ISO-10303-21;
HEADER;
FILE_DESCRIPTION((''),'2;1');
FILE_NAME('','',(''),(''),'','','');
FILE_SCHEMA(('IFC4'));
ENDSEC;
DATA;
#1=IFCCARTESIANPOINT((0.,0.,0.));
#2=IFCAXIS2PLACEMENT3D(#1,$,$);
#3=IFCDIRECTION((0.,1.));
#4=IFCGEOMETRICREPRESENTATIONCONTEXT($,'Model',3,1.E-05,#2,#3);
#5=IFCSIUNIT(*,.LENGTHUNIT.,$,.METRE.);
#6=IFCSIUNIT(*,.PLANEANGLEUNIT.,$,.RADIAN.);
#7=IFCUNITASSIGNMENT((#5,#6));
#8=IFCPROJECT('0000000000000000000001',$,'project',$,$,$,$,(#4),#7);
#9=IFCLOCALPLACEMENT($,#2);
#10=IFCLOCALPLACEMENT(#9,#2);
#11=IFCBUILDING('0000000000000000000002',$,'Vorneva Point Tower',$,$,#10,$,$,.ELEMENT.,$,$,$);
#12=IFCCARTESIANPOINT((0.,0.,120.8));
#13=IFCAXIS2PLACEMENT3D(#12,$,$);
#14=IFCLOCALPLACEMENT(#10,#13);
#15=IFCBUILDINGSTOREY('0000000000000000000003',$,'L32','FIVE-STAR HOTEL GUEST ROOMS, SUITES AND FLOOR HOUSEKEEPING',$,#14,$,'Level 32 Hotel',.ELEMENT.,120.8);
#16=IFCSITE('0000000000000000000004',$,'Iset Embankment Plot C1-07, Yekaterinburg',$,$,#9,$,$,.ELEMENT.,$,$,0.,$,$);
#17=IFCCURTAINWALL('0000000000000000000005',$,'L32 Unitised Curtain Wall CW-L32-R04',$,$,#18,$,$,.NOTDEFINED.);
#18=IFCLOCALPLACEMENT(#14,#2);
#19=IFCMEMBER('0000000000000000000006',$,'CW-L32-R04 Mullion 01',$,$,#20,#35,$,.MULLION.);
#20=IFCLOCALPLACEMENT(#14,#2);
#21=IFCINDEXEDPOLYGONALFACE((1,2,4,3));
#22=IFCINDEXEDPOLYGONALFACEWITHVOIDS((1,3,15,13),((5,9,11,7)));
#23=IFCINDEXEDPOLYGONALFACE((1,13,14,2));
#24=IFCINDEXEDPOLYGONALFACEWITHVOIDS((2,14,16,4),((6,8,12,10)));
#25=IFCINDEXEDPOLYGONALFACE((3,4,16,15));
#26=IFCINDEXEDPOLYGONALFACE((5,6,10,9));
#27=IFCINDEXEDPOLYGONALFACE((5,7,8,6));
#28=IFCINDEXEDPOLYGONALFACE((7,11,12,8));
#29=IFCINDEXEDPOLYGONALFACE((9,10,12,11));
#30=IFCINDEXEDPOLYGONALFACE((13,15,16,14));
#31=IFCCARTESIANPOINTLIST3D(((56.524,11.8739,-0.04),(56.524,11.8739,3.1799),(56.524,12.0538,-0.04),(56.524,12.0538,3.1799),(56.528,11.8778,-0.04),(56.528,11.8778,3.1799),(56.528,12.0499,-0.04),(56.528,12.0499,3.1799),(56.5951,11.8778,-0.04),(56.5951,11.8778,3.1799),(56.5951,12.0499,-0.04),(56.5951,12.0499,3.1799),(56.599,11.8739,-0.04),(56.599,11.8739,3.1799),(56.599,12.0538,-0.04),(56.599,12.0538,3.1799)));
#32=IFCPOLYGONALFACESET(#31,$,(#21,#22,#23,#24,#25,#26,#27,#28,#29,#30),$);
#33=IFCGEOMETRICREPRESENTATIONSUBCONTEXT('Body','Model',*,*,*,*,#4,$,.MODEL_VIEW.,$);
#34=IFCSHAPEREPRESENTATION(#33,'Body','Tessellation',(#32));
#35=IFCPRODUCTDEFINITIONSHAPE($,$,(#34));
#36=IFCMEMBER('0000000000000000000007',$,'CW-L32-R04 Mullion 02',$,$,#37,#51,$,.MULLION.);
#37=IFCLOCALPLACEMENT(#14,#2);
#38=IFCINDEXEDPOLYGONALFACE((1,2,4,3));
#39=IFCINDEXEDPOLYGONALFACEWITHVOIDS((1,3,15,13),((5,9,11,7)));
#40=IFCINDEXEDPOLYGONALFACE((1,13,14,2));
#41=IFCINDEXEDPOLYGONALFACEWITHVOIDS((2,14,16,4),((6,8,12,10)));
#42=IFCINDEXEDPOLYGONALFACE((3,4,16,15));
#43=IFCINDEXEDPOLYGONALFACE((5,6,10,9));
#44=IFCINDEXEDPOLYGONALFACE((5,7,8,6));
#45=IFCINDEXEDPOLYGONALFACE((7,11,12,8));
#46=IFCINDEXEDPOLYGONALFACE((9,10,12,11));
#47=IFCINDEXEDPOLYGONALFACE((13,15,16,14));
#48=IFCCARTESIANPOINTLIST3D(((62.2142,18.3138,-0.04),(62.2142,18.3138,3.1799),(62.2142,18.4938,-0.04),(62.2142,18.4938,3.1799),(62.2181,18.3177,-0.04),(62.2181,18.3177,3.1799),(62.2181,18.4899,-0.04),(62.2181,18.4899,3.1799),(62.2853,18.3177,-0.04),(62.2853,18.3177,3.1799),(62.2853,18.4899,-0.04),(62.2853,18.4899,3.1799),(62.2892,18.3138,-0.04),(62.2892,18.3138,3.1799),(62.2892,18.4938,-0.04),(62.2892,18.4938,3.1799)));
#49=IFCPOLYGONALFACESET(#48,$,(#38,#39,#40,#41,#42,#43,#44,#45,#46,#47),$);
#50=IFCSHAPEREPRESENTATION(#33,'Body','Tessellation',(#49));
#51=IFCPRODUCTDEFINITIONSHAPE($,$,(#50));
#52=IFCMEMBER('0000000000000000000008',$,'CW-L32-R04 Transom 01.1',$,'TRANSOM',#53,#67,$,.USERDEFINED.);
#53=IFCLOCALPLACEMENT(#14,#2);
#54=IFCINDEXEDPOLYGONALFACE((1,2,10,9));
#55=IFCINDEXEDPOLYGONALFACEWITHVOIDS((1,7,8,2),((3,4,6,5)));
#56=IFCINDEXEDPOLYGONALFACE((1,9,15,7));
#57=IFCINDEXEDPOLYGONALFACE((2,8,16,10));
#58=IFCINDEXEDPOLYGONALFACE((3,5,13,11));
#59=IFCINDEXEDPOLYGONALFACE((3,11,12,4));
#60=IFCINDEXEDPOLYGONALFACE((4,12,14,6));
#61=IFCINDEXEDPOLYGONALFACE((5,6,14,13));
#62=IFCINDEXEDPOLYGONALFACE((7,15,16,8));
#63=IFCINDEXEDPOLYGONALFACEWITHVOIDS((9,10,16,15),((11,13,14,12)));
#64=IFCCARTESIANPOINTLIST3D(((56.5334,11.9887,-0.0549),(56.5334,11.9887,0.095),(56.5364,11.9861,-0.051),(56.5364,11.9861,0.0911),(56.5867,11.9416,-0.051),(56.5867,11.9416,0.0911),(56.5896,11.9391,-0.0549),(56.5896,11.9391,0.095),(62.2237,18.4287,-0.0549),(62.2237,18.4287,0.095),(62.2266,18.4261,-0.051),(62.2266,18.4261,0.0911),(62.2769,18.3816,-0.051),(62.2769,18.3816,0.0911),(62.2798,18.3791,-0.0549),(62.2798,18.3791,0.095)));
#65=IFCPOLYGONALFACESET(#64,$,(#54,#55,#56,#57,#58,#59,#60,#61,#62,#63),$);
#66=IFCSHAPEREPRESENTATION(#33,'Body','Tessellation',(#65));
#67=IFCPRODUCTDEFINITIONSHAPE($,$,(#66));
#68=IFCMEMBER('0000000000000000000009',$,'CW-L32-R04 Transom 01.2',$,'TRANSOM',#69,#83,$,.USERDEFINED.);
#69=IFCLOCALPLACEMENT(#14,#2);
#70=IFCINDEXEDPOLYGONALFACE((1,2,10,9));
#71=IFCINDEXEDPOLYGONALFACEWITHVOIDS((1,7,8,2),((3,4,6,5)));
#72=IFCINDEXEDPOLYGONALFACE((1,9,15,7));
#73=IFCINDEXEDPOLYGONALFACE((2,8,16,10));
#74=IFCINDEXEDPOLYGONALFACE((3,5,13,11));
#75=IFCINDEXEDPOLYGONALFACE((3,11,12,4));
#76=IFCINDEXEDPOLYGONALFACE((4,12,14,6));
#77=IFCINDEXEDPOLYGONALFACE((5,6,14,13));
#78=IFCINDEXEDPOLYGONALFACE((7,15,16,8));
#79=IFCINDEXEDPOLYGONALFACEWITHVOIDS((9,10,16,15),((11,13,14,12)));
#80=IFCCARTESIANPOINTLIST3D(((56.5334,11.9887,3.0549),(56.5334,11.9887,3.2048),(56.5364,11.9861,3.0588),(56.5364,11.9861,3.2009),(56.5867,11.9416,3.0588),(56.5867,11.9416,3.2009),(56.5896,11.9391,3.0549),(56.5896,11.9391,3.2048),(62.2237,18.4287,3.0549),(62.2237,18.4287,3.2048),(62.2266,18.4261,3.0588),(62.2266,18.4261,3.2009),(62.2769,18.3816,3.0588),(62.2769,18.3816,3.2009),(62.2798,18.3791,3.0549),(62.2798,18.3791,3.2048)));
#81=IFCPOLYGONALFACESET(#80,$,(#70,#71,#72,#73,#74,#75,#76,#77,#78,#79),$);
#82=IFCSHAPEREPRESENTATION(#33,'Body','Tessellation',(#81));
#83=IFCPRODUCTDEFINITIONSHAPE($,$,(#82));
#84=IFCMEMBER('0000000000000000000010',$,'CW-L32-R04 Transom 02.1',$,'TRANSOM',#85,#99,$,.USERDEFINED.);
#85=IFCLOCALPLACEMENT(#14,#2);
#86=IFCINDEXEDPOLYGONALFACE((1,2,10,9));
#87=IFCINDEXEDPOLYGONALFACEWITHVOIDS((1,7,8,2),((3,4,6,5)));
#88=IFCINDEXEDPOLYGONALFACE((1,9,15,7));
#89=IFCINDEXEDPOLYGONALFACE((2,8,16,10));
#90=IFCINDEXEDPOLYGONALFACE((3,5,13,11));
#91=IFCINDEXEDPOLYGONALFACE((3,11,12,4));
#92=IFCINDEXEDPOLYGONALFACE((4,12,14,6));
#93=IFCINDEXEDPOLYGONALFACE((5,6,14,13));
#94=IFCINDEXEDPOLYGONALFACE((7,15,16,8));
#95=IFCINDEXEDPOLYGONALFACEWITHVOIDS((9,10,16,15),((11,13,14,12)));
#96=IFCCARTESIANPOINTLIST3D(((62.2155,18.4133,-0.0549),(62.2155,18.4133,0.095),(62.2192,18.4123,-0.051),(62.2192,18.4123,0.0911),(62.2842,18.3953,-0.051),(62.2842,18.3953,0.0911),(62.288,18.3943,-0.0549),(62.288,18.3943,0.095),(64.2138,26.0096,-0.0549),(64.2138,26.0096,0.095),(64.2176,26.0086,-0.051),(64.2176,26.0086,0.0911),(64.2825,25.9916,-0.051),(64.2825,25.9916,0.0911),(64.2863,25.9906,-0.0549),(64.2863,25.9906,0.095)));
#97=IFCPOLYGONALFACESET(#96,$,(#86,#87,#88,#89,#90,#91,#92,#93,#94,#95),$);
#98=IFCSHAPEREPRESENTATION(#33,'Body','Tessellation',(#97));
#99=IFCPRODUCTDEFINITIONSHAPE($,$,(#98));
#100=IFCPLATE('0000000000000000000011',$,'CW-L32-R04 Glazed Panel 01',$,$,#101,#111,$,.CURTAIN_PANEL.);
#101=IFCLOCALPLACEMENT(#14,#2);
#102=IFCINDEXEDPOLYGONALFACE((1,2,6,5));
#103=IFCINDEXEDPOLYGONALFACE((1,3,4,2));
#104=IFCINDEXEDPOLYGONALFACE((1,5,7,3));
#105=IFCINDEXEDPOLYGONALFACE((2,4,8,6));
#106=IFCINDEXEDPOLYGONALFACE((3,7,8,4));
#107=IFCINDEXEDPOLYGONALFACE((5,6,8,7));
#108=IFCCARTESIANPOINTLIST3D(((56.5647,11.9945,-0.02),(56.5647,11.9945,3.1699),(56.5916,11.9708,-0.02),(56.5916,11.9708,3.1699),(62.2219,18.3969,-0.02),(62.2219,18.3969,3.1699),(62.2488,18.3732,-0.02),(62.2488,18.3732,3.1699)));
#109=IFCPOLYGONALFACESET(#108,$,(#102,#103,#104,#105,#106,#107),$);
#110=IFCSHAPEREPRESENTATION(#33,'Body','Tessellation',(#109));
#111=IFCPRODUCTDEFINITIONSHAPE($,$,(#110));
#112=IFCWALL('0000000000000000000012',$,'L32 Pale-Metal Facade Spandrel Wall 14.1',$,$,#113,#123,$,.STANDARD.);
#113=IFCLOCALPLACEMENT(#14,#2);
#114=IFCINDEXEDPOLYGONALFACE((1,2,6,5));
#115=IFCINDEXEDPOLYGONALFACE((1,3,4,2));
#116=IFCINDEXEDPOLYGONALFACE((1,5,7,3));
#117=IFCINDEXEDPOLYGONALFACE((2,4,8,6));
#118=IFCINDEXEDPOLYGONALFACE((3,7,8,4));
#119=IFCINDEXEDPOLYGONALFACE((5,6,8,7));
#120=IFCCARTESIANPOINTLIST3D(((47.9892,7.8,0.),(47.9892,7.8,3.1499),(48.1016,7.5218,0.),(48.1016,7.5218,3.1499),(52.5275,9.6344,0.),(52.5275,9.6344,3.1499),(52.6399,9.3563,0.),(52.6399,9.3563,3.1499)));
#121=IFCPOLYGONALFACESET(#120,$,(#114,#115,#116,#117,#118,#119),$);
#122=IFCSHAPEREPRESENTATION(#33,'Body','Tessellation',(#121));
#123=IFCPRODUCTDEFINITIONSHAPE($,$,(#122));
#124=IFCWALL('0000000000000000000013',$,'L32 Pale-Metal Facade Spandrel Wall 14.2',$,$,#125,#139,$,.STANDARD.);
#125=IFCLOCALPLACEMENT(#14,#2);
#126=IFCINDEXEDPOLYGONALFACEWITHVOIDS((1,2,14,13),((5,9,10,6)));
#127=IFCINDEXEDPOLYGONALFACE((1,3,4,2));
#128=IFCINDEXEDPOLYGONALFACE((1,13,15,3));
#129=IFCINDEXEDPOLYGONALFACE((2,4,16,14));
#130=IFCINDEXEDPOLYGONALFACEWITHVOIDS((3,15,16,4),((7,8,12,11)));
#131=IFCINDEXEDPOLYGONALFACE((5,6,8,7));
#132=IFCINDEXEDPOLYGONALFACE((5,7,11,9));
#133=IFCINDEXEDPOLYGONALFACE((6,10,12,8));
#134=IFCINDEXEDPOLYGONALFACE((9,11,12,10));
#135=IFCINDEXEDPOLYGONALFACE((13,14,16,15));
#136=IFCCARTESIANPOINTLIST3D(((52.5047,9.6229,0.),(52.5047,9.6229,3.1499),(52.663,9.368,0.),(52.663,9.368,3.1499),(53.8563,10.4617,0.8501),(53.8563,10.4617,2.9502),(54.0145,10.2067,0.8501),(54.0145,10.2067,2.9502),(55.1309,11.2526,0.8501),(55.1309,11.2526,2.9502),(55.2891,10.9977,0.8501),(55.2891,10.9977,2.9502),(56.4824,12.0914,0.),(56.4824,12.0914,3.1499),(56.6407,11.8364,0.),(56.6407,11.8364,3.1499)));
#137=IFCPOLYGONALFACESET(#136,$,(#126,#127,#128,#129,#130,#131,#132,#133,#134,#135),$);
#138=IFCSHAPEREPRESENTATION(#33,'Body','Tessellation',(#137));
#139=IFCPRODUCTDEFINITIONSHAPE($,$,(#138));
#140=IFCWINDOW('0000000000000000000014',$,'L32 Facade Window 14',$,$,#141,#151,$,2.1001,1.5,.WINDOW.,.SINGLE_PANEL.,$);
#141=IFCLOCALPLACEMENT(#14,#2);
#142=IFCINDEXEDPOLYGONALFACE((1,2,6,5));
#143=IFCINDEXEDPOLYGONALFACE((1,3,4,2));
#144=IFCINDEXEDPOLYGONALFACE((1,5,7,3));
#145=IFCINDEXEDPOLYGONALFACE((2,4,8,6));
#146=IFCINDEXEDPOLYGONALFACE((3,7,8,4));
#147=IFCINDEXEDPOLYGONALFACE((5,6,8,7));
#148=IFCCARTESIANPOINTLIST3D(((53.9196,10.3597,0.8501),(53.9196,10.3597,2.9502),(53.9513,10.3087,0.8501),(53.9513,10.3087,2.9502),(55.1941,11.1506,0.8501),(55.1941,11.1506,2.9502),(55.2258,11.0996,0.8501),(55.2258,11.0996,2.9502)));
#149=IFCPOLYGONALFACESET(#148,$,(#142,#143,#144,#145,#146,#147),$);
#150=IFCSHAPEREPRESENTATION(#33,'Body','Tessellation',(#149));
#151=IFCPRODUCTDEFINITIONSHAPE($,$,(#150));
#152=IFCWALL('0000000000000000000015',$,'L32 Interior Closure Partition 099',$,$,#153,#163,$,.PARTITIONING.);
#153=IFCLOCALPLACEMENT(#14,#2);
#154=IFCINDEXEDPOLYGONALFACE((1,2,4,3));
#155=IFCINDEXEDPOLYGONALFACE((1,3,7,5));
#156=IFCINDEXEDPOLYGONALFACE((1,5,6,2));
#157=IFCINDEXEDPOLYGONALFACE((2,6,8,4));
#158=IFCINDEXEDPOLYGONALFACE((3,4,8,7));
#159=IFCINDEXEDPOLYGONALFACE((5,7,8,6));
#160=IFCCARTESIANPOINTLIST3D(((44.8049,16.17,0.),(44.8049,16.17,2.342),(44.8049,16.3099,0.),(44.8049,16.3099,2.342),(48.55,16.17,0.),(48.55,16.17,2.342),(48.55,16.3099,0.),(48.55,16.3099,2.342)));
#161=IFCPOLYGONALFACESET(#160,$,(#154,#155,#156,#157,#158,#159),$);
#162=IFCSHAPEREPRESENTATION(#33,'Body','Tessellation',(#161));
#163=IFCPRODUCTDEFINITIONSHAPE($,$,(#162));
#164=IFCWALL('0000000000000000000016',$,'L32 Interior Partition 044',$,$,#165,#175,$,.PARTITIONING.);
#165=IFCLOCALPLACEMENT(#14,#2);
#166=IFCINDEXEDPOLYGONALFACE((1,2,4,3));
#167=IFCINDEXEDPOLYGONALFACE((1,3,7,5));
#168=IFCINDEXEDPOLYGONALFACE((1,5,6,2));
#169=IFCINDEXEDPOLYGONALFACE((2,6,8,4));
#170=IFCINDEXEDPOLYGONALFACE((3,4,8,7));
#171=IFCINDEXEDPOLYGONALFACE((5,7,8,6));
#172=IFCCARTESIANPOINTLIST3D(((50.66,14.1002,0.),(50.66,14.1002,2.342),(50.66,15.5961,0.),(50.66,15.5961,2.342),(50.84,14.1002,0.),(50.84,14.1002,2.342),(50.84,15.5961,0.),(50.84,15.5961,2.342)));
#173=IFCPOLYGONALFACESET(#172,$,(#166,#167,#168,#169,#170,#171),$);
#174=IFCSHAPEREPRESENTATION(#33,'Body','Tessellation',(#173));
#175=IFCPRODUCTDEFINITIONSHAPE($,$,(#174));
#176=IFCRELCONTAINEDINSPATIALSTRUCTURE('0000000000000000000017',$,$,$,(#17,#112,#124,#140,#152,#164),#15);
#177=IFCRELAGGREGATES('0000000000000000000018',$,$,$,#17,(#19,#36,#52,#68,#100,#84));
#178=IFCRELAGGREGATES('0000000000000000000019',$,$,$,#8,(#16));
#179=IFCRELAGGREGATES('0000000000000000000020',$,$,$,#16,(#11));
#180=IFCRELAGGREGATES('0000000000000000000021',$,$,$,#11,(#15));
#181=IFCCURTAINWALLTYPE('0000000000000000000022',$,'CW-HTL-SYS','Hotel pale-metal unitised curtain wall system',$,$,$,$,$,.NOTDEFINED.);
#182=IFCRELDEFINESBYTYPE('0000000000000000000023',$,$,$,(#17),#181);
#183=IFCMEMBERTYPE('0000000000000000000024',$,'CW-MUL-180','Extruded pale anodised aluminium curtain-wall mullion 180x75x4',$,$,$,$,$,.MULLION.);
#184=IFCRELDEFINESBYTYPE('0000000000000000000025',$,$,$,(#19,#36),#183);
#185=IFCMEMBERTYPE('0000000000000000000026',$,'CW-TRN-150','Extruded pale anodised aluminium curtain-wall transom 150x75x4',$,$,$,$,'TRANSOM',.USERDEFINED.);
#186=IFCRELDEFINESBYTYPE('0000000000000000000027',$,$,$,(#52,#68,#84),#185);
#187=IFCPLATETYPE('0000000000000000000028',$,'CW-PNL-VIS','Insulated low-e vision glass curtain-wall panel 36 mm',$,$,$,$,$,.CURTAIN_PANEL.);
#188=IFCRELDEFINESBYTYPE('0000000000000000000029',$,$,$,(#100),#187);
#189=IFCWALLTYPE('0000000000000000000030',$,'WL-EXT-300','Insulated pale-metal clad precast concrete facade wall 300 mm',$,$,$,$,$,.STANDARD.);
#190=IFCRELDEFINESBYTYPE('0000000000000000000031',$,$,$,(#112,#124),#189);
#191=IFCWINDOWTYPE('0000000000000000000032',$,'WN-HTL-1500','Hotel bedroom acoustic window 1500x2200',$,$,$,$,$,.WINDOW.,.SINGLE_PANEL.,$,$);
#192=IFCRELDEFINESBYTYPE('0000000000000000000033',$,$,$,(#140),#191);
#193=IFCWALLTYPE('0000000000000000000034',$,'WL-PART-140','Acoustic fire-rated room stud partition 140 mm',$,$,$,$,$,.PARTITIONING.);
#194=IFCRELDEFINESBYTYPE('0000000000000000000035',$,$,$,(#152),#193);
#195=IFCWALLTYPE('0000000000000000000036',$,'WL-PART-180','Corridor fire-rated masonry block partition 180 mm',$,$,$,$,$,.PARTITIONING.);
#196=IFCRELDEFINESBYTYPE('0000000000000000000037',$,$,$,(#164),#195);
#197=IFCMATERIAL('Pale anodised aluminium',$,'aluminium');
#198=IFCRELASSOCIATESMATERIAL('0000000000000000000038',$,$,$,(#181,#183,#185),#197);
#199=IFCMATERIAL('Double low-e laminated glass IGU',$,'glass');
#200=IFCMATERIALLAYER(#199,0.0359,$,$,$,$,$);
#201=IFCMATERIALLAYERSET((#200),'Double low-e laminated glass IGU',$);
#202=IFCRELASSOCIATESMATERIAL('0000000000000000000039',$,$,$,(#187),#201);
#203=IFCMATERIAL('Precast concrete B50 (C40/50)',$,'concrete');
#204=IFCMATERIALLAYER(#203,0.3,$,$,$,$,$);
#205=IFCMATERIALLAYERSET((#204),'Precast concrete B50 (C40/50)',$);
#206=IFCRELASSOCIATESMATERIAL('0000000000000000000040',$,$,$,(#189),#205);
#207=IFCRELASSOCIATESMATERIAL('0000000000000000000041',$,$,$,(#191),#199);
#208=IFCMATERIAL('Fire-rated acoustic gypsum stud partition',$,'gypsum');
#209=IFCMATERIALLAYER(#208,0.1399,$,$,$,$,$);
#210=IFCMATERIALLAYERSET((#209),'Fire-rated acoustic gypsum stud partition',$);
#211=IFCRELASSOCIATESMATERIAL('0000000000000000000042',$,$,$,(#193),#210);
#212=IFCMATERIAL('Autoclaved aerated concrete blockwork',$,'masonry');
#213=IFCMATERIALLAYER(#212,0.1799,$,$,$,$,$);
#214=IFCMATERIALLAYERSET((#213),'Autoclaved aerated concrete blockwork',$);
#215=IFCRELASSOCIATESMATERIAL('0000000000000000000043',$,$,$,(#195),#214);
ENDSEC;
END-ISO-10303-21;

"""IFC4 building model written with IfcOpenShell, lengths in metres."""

from ifc_helpers import new_model, si_unit, direction, frame, frame_2d, origin, origin_2d, place, context, subcontext, project, spatial, rectangle, hollow_rectangle, extrude, material, layer, layer_set, material_profile, profile_set, type_object, element, fill, aggregate, save


model = new_model("IFC4")

# Units and contexts
model_context = context("Model", 3, precision=1e-05, world=origin(), true_north=direction((0.0, 1.0)))
body_context = subcontext(model_context, "Body", "Model", "MODEL_VIEW")
ifc_project = project(units=[si_unit("LENGTHUNIT", "METRE"), si_unit("PLANEANGLEUNIT", "RADIAN")], contexts=[model_context])

# Site, building, storey
site_placement = place(None, origin())
site = spatial("IfcSite", under=ifc_project, at=site_placement, Name="Iset Embankment Plot C1-07, Yekaterinburg", CompositionType="ELEMENT", RefElevation=0.0)
building_placement = place(site_placement, origin())
building = spatial("IfcBuilding", under=site, at=building_placement, Name="Vorneva Point Tower", CompositionType="ELEMENT")
storey_placement = place(building_placement, frame((0.0, 0.0, 120.8)))
storey = spatial("IfcBuildingStorey", under=building, at=storey_placement, Name="L32", Description="FIVE-STAR HOTEL GUEST ROOMS, SUITES AND FLOOR HOUSEKEEPING", LongName="Level 32 Hotel", CompositionType="ELEMENT", Elevation=120.8)

# Shared definitions
ifc_material_1 = material(Name="Pale anodised aluminium", Category="aluminium")
curtain_wall_type = type_object("IfcCurtainWallType", Name="CW-HTL-SYS", Description="Hotel pale-metal unitised curtain wall system", PredefinedType="NOTDEFINED", material=ifc_material_1)
ifc_material_profile_1 = material_profile(ifc_material_1, hollow_rectangle(XDim=0.075, YDim=0.1799, WallThickness=0.0039, at=origin_2d()), Name="AL-MUL 180x75x4")
ifc_profile_set_1 = profile_set([ifc_material_profile_1], Name="Pale anodised aluminium")
member_type_1 = type_object("IfcMemberType", Name="CW-MUL-180", Description="Extruded pale anodised aluminium curtain-wall mullion 180x75x4", PredefinedType="MULLION", material=ifc_profile_set_1)

# Curtain wall, members, plate
curtain_wall_1_placement = place(storey_placement, origin())
curtain_wall_1 = element("IfcCurtainWall", 1, at=curtain_wall_1_placement, inside=storey, type_object=curtain_wall_type, Name="L32 Unitised Curtain Wall CW-L32-R04", PredefinedType="NOTDEFINED")
member_1_placement = place(storey_placement, frame((56.5615, 11.9639, -0.04), z_axis=(0.0, 0.0, 1.0), x_axis=(1.0, 0.0, 0.0)))
member_1 = element("IfcMember", 2, at=member_1_placement, type_object=member_type_1, Name="CW-L32-R04 Mullion 01", PredefinedType="MULLION", context=body_context, shape_type="SweptSolid", body=[
    extrude(hollow_rectangle(XDim=0.075, YDim=0.1799, WallThickness=0.0039, at=origin_2d()), origin(), (0.0, 0.0, 1.0), 3.22),
])
member_2_placement = place(storey_placement, frame((62.2517, 18.4038, -0.04), z_axis=(0.0, 0.0, 1.0), x_axis=(1.0, 0.0, 0.0)))
member_2 = element("IfcMember", 3, at=member_2_placement, type_object=member_type_1, Name="CW-L32-R04 Mullion 02", PredefinedType="MULLION", context=body_context, shape_type="SweptSolid", body=[
    extrude(hollow_rectangle(XDim=0.075, YDim=0.1799, WallThickness=0.0039, at=origin_2d()), origin(), (0.0, 0.0, 1.0), 3.22),
])
ifc_material_profile_2 = material_profile(ifc_material_1, hollow_rectangle(XDim=0.075, YDim=0.1499, WallThickness=0.0039, at=origin_2d()), Name="AL-TRN 150x75x4")
ifc_profile_set_2 = profile_set([ifc_material_profile_2], Name="Pale anodised aluminium")
member_type_2 = type_object("IfcMemberType", Name="CW-TRN-150", Description="Extruded pale anodised aluminium curtain-wall transom 150x75x4", ElementType="TRANSOM", PredefinedType="USERDEFINED", material=ifc_profile_set_2)
member_3_placement = place(storey_placement, frame((56.5615, 11.9639, 0.02), z_axis=(0.662137, 0.749383, 0.0), x_axis=(-0.749383, 0.662137, 0.0)))
member_3 = element("IfcMember", 4, at=member_3_placement, type_object=member_type_2, Name="CW-L32-R04 Transom 01.1", ObjectType="TRANSOM", PredefinedType="USERDEFINED", context=body_context, shape_type="SweptSolid", body=[
    extrude(hollow_rectangle(XDim=0.075, YDim=0.1499, WallThickness=0.0039, at=origin_2d()), origin(), (0.0, 0.0, 1.0), 8.5938),
])
member_4_placement = place(storey_placement, frame((56.5615, 11.9639, 3.1299), z_axis=(0.662137, 0.749383, 0.0), x_axis=(-0.749383, 0.662137, 0.0)))
member_4 = element("IfcMember", 5, at=member_4_placement, type_object=member_type_2, Name="CW-L32-R04 Transom 01.2", ObjectType="TRANSOM", PredefinedType="USERDEFINED", context=body_context, shape_type="SweptSolid", body=[
    extrude(hollow_rectangle(XDim=0.075, YDim=0.1499, WallThickness=0.0039, at=origin_2d()), origin(), (0.0, 0.0, 1.0), 8.5938),
])
member_5_placement = place(storey_placement, frame((62.2517, 18.4038, 0.02), z_axis=(0.254409, 0.967097, 0.0), x_axis=(-0.967097, 0.254409, 0.0)))
member_5 = element("IfcMember", 6, at=member_5_placement, type_object=member_type_2, Name="CW-L32-R04 Transom 02.1", ObjectType="TRANSOM", PredefinedType="USERDEFINED", context=body_context, shape_type="SweptSolid", body=[
    extrude(hollow_rectangle(XDim=0.075, YDim=0.1499, WallThickness=0.0039, at=origin_2d()), origin(), (0.0, 0.0, 1.0), 7.8547),
])
ifc_material_2 = material(Name="Double low-e laminated glass IGU", Category="glass")
ifc_layer_1 = layer(ifc_material_2, 0.0359)
ifc_layer_set_1 = layer_set([ifc_layer_1], Name="Double low-e laminated glass IGU")
plate_type = type_object("IfcPlateType", Name="CW-PNL-VIS", Description="Insulated low-e vision glass curtain-wall panel 36 mm", PredefinedType="CURTAIN_PANEL", material=ifc_layer_set_1)
plate_placement = place(storey_placement, frame((59.4067, 15.1838, -0.02), z_axis=(0.0, 0.0, 1.0), x_axis=(0.662149, 0.749372, 0.0)))
plate = element("IfcPlate", 7, at=plate_placement, type_object=plate_type, Name="CW-L32-R04 Glazed Panel 01", PredefinedType="CURTAIN_PANEL", context=body_context, shape_type="SweptSolid", body=[
    extrude(rectangle(XDim=8.5437, YDim=0.0359, at=origin_2d()), origin(), (0.0, 0.0, 1.0), 3.1899),
])
aggregate(curtain_wall_1, [member_1, member_2, member_3, member_4, plate, member_5])

# Wall
ifc_material_3 = material(Name="Precast concrete B50 (C40/50)", Category="concrete")
ifc_layer_2 = layer(ifc_material_3, 0.3)
ifc_layer_set_2 = layer_set([ifc_layer_2], Name="Precast concrete B50 (C40/50)")
wall_type_1 = type_object("IfcWallType", Name="WL-EXT-300", Description="Insulated pale-metal clad precast concrete facade wall 300 mm", PredefinedType="STANDARD", material=ifc_layer_set_2)
wall_1_placement = place(storey_placement, frame((48.0454, 7.6609, 0.0), z_axis=(0.0, 0.0, 1.0), x_axis=(0.927122, 0.374759, 0.0)))
element("IfcWall", 8, at=wall_1_placement, inside=storey, type_object=wall_type_1, Name="L32 Pale-Metal Facade Spandrel Wall 14.1", PredefinedType="STANDARD", context=body_context, shape_type="SweptSolid", body=[
    extrude(rectangle(XDim=4.895, YDim=0.3, at=frame_2d((2.4475, 0.0))), origin(), (0.0, 0.0, 1.0), 3.1499),
])

# Wall, opening, window
wall_2_placement = place(storey_placement, frame((52.5837, 9.4954, 0.0), z_axis=(0.0, 0.0, 1.0), x_axis=(0.849684, 0.527291, 0.0)))
wall_2 = element("IfcWall", 9, at=wall_2_placement, inside=storey, type_object=wall_type_1, Name="L32 Pale-Metal Facade Spandrel Wall 14.2", PredefinedType="STANDARD", context=body_context, shape_type="SweptSolid", body=[
    extrude(rectangle(XDim=4.6814, YDim=0.3, at=frame_2d((2.3408, 0.0))), origin(), (0.0, 0.0, 1.0), 3.1499),
])
opening_1_placement = place(wall_2_placement, frame((1.5908, 0.0, 0.8501)))
opening_1 = element("IfcOpeningElement", 10, at=opening_1_placement, cuts=wall_2, PredefinedType="OPENING", context=body_context, shape_type="SweptSolid", body=[
    extrude(rectangle(XDim=1.5, YDim=2.1001, at=frame_2d((0.75, 1.05))), frame((0.0, 0.165, 0.0), z_axis=(0.0, -1.0, 0.0), x_axis=(1.0, 0.0, 0.0)), (0.0, 0.0, 1.0), 0.3298),
])
window_type = type_object("IfcWindowType", Name="WN-HTL-1500", Description="Hotel bedroom acoustic window 1500x2200", PartitioningType="SINGLE_PANEL", PredefinedType="WINDOW", material=ifc_material_2)
window_placement = place(opening_1_placement, origin())
window = element("IfcWindow", 11, at=window_placement, inside=storey, type_object=window_type, Name="L32 Facade Window 14", OverallHeight=2.1001, OverallWidth=1.5, PartitioningType="SINGLE_PANEL", PredefinedType="WINDOW", context=body_context, shape_type="SweptSolid", body=[
    extrude(rectangle(XDim=1.5, YDim=2.1001, at=frame_2d((0.75, 1.05))), frame((0.0, 0.03, 0.0), z_axis=(0.0, -1.0, 0.0), x_axis=(1.0, 0.0, 0.0)), (0.0, 0.0, 1.0), 0.0601),
])
fill(opening_1, window)

# Walls
ifc_material_4 = material(Name="Fire-rated acoustic gypsum stud partition", Category="gypsum")
ifc_layer_3 = layer(ifc_material_4, 0.1399)
ifc_layer_set_3 = layer_set([ifc_layer_3], Name="Fire-rated acoustic gypsum stud partition")
wall_type_2 = type_object("IfcWallType", Name="WL-PART-140", Description="Acoustic fire-rated room stud partition 140 mm", PredefinedType="PARTITIONING", material=ifc_layer_set_3)
wall_3_placement = place(storey_placement, frame((48.55, 16.24, 0.0), z_axis=(0.0, 0.0, 1.0), x_axis=(-1.0, 0.0, 0.0)))
element("IfcWall", 12, at=wall_3_placement, inside=storey, type_object=wall_type_2, Name="L32 Interior Closure Partition 099", PredefinedType="PARTITIONING", context=body_context, shape_type="SweptSolid", body=[
    extrude(rectangle(XDim=3.7451, YDim=0.1399, at=frame_2d((1.8726, 0.0))), origin(), (0.0, 0.0, 1.0), 2.342),
])
ifc_material_5 = material(Name="Autoclaved aerated concrete blockwork", Category="masonry")
ifc_layer_4 = layer(ifc_material_5, 0.1799)
ifc_layer_set_4 = layer_set([ifc_layer_4], Name="Autoclaved aerated concrete blockwork")
wall_type_3 = type_object("IfcWallType", Name="WL-PART-180", Description="Corridor fire-rated masonry block partition 180 mm", PredefinedType="PARTITIONING", material=ifc_layer_set_4)
wall_4_placement = place(storey_placement, frame((50.75, 14.1001, 0.0), z_axis=(0.0, 0.0, 1.0), x_axis=(0.0, 1.0, 0.0)))
element("IfcWall", 13, at=wall_4_placement, inside=storey, type_object=wall_type_3, Name="L32 Interior Partition 044", PredefinedType="PARTITIONING", context=body_context, shape_type="SweptSolid", body=[
    extrude(rectangle(XDim=1.4958, YDim=0.1799, at=frame_2d((0.748, 0.0))), origin(), (0.0, 0.0, 1.0), 2.342),
])

save(model, "model.ifc")
